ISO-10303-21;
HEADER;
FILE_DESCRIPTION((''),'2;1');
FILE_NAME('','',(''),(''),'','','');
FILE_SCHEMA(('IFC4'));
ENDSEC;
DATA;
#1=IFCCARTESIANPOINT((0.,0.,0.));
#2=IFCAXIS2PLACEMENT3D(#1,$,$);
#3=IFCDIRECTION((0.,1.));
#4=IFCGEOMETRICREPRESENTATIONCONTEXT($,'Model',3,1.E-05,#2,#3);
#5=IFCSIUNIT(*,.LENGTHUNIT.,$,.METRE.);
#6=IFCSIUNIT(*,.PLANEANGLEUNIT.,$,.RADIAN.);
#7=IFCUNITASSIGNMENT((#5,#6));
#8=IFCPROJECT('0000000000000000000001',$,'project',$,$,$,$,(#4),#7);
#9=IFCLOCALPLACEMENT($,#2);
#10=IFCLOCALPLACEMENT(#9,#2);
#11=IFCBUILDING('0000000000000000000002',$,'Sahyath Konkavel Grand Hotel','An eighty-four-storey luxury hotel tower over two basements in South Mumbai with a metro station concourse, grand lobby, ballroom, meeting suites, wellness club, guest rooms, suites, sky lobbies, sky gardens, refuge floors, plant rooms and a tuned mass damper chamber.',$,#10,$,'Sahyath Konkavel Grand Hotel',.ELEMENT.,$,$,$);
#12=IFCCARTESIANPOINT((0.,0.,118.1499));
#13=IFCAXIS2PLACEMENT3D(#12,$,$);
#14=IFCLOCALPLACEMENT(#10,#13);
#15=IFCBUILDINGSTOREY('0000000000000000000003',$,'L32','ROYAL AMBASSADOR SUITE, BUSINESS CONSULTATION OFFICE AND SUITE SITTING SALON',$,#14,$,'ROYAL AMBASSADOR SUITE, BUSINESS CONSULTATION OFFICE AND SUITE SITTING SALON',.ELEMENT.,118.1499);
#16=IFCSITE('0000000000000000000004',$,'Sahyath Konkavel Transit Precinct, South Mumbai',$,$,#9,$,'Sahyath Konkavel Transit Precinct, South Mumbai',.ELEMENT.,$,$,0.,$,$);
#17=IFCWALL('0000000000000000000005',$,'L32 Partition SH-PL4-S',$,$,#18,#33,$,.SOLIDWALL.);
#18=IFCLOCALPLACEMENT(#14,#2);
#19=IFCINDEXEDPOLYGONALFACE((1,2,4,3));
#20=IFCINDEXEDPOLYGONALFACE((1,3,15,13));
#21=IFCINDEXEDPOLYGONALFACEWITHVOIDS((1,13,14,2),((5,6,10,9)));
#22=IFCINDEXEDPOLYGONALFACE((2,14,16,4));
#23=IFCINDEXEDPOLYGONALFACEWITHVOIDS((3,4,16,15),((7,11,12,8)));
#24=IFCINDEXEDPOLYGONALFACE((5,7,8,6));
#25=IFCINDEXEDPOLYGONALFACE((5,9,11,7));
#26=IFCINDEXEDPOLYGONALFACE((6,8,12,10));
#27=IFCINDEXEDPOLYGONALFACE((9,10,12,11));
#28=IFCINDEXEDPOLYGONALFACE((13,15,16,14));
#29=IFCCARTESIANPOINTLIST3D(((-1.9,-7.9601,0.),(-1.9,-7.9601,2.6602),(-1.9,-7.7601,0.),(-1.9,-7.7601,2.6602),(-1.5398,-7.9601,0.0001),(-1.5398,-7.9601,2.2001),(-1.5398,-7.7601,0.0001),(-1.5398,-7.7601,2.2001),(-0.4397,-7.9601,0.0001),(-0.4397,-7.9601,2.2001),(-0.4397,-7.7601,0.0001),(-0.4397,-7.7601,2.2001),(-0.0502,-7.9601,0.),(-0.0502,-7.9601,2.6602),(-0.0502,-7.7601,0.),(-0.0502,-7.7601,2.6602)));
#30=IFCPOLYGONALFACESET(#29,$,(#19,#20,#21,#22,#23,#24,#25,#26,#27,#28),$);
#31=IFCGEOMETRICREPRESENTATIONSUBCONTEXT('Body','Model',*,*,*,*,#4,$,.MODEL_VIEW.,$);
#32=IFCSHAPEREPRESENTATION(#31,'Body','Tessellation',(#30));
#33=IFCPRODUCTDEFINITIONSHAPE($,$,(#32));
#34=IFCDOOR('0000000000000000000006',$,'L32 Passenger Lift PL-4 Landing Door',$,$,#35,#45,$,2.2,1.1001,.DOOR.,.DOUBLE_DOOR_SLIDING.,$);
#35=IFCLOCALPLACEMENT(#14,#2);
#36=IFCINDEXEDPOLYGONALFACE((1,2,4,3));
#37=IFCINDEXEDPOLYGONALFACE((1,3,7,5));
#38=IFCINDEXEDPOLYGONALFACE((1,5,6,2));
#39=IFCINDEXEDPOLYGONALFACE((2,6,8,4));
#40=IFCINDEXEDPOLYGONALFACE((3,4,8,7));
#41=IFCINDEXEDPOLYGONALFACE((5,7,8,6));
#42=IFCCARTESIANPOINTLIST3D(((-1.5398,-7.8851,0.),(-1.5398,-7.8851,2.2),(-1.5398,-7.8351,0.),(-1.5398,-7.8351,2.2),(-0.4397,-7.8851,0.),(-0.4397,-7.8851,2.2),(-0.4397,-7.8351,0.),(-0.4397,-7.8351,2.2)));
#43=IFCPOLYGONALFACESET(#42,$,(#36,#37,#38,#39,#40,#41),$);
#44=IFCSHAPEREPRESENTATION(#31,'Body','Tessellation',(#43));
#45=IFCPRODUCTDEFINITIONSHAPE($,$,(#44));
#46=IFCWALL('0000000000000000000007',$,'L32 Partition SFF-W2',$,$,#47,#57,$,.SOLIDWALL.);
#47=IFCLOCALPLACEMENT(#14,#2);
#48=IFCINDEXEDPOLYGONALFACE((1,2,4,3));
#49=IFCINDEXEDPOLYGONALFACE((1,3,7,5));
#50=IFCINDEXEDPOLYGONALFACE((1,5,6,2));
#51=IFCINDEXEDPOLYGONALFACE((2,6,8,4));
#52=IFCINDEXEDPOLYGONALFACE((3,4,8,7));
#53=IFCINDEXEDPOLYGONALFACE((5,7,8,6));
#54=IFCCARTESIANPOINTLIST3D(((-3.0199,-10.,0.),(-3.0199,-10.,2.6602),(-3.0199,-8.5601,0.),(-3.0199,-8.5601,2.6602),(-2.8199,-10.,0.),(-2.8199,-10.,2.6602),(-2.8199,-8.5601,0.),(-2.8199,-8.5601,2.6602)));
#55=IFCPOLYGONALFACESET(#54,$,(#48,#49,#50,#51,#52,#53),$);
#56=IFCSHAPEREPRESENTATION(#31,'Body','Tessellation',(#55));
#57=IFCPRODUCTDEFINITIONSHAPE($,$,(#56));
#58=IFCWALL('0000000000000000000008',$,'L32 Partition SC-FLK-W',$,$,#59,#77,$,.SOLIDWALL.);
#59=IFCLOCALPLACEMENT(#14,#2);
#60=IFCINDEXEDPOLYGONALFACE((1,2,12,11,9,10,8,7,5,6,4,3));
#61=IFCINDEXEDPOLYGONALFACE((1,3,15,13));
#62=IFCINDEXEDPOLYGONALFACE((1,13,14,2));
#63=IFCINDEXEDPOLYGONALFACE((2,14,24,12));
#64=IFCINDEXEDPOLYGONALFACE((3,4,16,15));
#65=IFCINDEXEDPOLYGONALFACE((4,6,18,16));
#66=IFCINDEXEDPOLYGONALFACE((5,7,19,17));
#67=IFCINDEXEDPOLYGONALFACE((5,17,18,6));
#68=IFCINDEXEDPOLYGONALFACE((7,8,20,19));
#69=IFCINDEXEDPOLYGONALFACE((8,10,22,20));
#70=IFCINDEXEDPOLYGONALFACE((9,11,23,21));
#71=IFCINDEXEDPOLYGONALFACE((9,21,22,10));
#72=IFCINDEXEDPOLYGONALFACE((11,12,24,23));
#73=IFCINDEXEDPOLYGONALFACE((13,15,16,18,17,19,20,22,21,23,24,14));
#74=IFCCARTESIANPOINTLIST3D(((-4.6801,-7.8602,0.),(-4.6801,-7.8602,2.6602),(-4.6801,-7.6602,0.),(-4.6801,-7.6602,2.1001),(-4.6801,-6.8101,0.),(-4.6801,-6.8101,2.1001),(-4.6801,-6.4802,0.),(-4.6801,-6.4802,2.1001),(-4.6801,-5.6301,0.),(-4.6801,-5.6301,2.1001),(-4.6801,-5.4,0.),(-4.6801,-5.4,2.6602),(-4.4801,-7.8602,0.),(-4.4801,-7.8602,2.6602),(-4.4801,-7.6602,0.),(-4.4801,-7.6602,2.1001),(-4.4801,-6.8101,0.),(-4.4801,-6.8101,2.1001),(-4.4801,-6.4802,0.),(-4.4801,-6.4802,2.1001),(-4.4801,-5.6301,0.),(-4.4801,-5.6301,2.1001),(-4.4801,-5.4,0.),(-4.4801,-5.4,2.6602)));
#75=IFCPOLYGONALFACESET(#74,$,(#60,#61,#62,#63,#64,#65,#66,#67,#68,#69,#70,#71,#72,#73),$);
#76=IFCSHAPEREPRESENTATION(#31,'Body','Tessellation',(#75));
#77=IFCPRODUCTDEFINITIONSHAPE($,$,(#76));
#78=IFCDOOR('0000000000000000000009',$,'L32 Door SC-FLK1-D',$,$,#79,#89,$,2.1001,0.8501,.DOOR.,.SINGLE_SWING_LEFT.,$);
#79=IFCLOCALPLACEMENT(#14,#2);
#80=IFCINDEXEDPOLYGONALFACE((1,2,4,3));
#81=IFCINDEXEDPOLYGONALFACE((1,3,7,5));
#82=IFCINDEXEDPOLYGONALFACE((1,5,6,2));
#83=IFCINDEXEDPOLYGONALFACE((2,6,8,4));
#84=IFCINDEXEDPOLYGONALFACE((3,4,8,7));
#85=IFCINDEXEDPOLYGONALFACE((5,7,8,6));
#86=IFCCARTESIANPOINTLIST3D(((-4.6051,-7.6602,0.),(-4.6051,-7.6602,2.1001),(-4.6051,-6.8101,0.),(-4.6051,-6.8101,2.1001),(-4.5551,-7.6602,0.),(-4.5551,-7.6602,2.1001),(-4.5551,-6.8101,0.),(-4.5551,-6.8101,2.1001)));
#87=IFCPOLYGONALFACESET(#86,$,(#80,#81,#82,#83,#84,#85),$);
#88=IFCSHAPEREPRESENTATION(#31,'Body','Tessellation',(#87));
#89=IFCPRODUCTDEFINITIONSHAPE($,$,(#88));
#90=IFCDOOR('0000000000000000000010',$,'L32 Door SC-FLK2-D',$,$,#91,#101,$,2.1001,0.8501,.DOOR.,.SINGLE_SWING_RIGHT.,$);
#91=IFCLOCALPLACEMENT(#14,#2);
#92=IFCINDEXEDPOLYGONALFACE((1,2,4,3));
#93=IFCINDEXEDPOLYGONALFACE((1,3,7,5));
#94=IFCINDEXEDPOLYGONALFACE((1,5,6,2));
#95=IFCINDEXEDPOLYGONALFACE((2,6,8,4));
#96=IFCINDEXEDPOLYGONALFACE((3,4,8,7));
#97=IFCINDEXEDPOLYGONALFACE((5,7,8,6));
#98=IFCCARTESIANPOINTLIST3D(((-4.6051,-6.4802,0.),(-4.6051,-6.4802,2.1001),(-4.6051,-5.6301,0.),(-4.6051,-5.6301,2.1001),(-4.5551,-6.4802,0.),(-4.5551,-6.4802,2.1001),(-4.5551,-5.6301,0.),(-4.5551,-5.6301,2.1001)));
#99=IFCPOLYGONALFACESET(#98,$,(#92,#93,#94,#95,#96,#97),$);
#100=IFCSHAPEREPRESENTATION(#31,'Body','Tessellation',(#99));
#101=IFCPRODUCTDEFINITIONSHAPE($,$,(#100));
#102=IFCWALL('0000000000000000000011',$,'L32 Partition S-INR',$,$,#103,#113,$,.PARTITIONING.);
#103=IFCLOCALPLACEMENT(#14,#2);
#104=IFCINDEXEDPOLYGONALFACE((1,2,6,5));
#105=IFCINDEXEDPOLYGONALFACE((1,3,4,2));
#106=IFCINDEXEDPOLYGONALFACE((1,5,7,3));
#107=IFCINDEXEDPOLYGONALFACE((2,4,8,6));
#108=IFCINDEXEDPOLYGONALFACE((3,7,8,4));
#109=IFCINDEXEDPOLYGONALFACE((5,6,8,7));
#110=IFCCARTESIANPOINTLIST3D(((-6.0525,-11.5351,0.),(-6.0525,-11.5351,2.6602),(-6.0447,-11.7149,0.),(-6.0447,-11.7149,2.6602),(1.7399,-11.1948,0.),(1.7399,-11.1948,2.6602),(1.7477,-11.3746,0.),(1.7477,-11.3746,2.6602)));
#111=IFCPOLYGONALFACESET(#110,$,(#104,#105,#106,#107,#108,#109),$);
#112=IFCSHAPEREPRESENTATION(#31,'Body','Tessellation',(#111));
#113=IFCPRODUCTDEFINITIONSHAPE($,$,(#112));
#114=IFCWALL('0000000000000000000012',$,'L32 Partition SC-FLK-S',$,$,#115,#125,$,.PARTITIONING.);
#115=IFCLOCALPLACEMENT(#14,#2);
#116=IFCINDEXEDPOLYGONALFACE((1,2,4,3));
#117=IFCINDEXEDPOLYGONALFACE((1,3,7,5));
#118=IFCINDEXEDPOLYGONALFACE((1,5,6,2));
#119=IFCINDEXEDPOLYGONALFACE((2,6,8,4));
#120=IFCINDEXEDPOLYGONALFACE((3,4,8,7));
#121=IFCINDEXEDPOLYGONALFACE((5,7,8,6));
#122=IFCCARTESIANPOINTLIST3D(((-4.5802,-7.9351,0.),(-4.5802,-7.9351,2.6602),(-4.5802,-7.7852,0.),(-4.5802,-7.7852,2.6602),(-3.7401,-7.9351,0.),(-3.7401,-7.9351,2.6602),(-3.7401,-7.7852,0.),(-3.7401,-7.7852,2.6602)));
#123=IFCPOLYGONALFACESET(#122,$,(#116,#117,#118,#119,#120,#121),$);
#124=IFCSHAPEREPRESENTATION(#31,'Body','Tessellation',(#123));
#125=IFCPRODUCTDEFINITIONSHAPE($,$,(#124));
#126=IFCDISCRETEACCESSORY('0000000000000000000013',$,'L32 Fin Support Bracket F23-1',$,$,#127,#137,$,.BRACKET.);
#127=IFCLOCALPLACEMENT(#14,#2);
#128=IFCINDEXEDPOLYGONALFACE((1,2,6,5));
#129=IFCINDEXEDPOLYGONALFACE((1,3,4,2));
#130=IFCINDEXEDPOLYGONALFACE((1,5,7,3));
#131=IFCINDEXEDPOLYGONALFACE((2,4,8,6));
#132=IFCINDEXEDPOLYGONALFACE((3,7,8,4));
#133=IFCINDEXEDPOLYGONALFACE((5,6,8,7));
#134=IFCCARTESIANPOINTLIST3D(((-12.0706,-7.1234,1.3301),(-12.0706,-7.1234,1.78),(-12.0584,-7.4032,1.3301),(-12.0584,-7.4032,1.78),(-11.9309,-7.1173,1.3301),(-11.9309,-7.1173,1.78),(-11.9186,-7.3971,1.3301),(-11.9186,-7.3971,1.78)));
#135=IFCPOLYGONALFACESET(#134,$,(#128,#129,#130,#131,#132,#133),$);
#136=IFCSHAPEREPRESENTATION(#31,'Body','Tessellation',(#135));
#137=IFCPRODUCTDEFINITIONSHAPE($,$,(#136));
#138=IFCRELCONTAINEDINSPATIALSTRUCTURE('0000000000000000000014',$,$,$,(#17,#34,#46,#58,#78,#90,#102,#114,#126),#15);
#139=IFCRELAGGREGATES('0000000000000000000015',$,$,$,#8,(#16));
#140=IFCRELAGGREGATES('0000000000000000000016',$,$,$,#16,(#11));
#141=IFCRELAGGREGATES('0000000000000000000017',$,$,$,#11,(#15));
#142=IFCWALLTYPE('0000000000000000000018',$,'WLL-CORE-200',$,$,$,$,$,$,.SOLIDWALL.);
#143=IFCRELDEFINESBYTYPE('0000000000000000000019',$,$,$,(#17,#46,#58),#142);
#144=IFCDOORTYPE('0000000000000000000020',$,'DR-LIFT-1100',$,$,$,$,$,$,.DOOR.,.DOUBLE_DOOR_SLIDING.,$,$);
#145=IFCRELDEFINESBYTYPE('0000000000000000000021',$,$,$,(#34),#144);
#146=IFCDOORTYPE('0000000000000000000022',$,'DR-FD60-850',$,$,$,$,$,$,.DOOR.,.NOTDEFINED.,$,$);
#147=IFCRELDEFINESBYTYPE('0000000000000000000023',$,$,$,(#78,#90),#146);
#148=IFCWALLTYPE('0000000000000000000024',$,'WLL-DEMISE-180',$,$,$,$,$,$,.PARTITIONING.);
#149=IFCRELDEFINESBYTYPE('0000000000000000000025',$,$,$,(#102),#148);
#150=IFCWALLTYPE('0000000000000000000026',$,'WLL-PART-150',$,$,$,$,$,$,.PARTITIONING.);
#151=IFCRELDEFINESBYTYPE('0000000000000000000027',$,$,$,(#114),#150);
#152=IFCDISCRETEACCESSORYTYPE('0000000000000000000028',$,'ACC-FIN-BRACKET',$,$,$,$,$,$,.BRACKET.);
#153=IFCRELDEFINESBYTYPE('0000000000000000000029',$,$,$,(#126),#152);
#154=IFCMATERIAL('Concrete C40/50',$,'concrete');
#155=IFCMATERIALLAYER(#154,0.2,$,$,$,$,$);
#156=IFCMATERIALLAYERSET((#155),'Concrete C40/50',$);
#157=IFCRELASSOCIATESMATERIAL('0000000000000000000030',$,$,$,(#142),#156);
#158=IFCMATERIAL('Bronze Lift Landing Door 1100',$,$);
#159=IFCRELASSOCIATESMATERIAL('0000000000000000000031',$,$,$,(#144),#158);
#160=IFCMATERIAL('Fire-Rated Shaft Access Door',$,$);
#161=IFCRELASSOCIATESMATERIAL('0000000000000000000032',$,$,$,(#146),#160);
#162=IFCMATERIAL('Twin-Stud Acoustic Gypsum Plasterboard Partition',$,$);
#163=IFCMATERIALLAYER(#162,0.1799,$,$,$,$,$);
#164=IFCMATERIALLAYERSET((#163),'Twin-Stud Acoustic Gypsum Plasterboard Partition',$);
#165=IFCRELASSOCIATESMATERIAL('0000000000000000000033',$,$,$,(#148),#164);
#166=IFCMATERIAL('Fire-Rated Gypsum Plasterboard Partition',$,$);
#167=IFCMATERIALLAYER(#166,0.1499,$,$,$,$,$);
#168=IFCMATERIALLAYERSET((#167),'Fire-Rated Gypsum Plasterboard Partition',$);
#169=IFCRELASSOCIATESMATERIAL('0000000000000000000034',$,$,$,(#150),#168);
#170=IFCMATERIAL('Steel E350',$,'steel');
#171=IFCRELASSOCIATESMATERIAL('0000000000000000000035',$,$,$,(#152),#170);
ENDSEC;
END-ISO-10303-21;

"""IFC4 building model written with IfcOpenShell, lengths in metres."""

from ifc_helpers import new_model, si_unit, direction, frame, frame_2d, origin, origin_2d, place, context, subcontext, project, spatial, rectangle, extrude, source, transform, mapped, material, layer, layer_set, type_object, element, fill, save


model = new_model("IFC4")

# Units and contexts
model_context = context("Model", 3, precision=1e-05, world=origin(), true_north=direction((0.0, 1.0)))
body_context = subcontext(model_context, "Body", "Model", "MODEL_VIEW")
ifc_project = project(units=[si_unit("LENGTHUNIT", "METRE"), si_unit("PLANEANGLEUNIT", "RADIAN")], contexts=[model_context])

# Site, building, storey
site_placement = place(None, origin())
site = spatial("IfcSite", under=ifc_project, at=site_placement, Name="Sahyath Konkavel Transit Precinct, South Mumbai", LongName="Sahyath Konkavel Transit Precinct, South Mumbai", CompositionType="ELEMENT", RefElevation=0.0)
building_placement = place(site_placement, origin())
building = spatial("IfcBuilding", under=site, at=building_placement, Name="Sahyath Konkavel Grand Hotel", Description="An eighty-four-storey luxury hotel tower over two basements in South Mumbai with a metro station concourse, grand lobby, ballroom, meeting suites, wellness club, guest rooms, suites, sky lobbies, sky gardens, refuge floors, plant rooms and a tuned mass damper chamber.", LongName="Sahyath Konkavel Grand Hotel", CompositionType="ELEMENT")
storey_placement = place(building_placement, frame((0.0, 0.0, 118.1499)))
storey = spatial("IfcBuildingStorey", under=building, at=storey_placement, Name="L32", Description="ROYAL AMBASSADOR SUITE, BUSINESS CONSULTATION OFFICE AND SUITE SITTING SALON", LongName="ROYAL AMBASSADOR SUITE, BUSINESS CONSULTATION OFFICE AND SUITE SITTING SALON", CompositionType="ELEMENT", Elevation=118.1499)

# Shared definitions
ifc_material_1 = material(Name="Steel E350", Category="steel")

# Shared definitions
ifc_material_2 = material(Name="Concrete C40/50", Category="concrete")
ifc_layer_1 = layer(ifc_material_2, 0.2)
ifc_layer_set_1 = layer_set([ifc_layer_1], Name="Concrete C40/50")
wall_type_1 = type_object("IfcWallType", Name="WLL-CORE-200", PredefinedType="SOLIDWALL", material=ifc_layer_set_1)

# Shared definitions
ifc_material_3 = material(Name="Bronze Lift Landing Door 1100")
door_type_1 = type_object("IfcDoorType", Name="DR-LIFT-1100", OperationType="DOUBLE_DOOR_SLIDING", PredefinedType="DOOR", material=ifc_material_3)
shared_shape_1 = source(origin(), body_context, "Body", "SweptSolid", [
    extrude(rectangle(XDim=1.1001, YDim=0.05, at=origin_2d()), origin(), (0.0, 0.0, 1.0), 2.2),
])

# Wall, opening, door
wall_1_placement = place(storey_placement, frame((-1.8999, -7.8601, 0.0), z_axis=(0.0, 0.0, 1.0), x_axis=(1.0, 0.0, 0.0)))
wall_1 = element("IfcWall", 1, at=wall_1_placement, inside=storey, type_object=wall_type_1, Name="L32 Partition SH-PL4-S", PredefinedType="SOLIDWALL", context=body_context, shape_type="SweptSolid", body=[
    extrude(rectangle(XDim=1.8499, YDim=0.2, at=frame_2d((0.9248, 0.0))), origin(), (0.0, 0.0, 1.0), 2.6602),
])
opening_1_placement = place(wall_1_placement, frame((0.3601, 0.0, 0.0)))
opening_1 = element("IfcOpeningElement", 2, at=opening_1_placement, cuts=wall_1, PredefinedType="OPENING", context=body_context, shape_type="SweptSolid", body=[
    extrude(rectangle(XDim=1.1001, YDim=2.2, at=frame_2d((0.55, 1.1001))), frame((0.0, 0.1099, 0.0), z_axis=(0.0, -1.0, 0.0), x_axis=(1.0, 0.0, 0.0)), (0.0, 0.0, 1.0), 0.22),
])
door_1_placement = place(opening_1_placement, frame((0.55, 0.0, 0.0)))
door_1 = element("IfcDoor", 3, at=door_1_placement, inside=storey, type_object=door_type_1, Name="L32 Passenger Lift PL-4 Landing Door", OperationType="DOUBLE_DOOR_SLIDING", OverallHeight=2.2, OverallWidth=1.1001, PredefinedType="DOOR", context=body_context, shape_type="MappedRepresentation", body=[
    mapped(shared_shape_1, transform((0.0, 0.0, 0.0), scale=1.0)),
])
fill(opening_1, door_1)

# Wall
wall_2_placement = place(storey_placement, frame((-2.9199, -10.0, 0.0), z_axis=(0.0, 0.0, 1.0), x_axis=(0.0, 1.0, 0.0)))
element("IfcWall", 4, at=wall_2_placement, inside=storey, type_object=wall_type_1, Name="L32 Partition SFF-W2", PredefinedType="SOLIDWALL", context=body_context, shape_type="SweptSolid", body=[
    extrude(rectangle(XDim=1.4399, YDim=0.2, at=frame_2d((0.72, 0.0))), origin(), (0.0, 0.0, 1.0), 2.6602),
])

# Wall, openings, doors
wall_3_placement = place(storey_placement, frame((-4.5801, -7.8601, 0.0), z_axis=(0.0, 0.0, 1.0), x_axis=(0.0, 1.0, 0.0)))
wall_3 = element("IfcWall", 5, at=wall_3_placement, inside=storey, type_object=wall_type_1, Name="L32 Partition SC-FLK-W", PredefinedType="SOLIDWALL", context=body_context, shape_type="SweptSolid", body=[
    extrude(rectangle(XDim=2.4602, YDim=0.2, at=frame_2d((1.23, 0.0))), origin(), (0.0, 0.0, 1.0), 2.6602),
])
opening_2_placement = place(wall_3_placement, frame((0.2, 0.0, 0.0)))
opening_2 = element("IfcOpeningElement", 6, at=opening_2_placement, cuts=wall_3, PredefinedType="OPENING", context=body_context, shape_type="SweptSolid", body=[
    extrude(rectangle(XDim=0.8501, YDim=2.1001, at=frame_2d((0.425, 1.05))), frame((0.0, 0.1099, 0.0), z_axis=(0.0, -1.0, 0.0), x_axis=(1.0, 0.0, 0.0)), (0.0, 0.0, 1.0), 0.22),
])
opening_3_placement = place(wall_3_placement, frame((1.3799, 0.0, 0.0)))
opening_3 = element("IfcOpeningElement", 7, at=opening_3_placement, cuts=wall_3, PredefinedType="OPENING", context=body_context, shape_type="SweptSolid", body=[
    extrude(rectangle(XDim=0.8501, YDim=2.1001, at=frame_2d((0.425, 1.05))), frame((0.0, 0.1099, 0.0), z_axis=(0.0, -1.0, 0.0), x_axis=(1.0, 0.0, 0.0)), (0.0, 0.0, 1.0), 0.22),
])
ifc_material_4 = material(Name="Fire-Rated Shaft Access Door")
door_type_2 = type_object("IfcDoorType", Name="DR-FD60-850", OperationType="NOTDEFINED", PredefinedType="DOOR", material=ifc_material_4)
shared_shape_2 = source(origin(), body_context, "Body", "SweptSolid", [
    extrude(rectangle(XDim=0.8501, YDim=0.05, at=origin_2d()), origin(), (0.0, 0.0, 1.0), 2.1001),
])
door_2_placement = place(opening_2_placement, frame((0.425, 0.0, 0.0)))
door_2 = element("IfcDoor", 8, at=door_2_placement, inside=storey, type_object=door_type_2, Name="L32 Door SC-FLK1-D", OperationType="SINGLE_SWING_LEFT", OverallHeight=2.1001, OverallWidth=0.8501, PredefinedType="DOOR", context=body_context, shape_type="MappedRepresentation", body=[
    mapped(shared_shape_2, transform((0.0, 0.0, 0.0), scale=1.0)),
])
fill(opening_2, door_2)
door_3_placement = place(opening_3_placement, frame((0.425, 0.0, 0.0)))
door_3 = element("IfcDoor", 9, at=door_3_placement, inside=storey, type_object=door_type_2, Name="L32 Door SC-FLK2-D", OperationType="SINGLE_SWING_RIGHT", OverallHeight=2.1001, OverallWidth=0.8501, PredefinedType="DOOR", context=body_context, shape_type="MappedRepresentation", body=[
    mapped(shared_shape_2, transform((0.0, 0.0, 0.0), scale=1.0)),
])
fill(opening_3, door_3)

# Walls
ifc_material_5 = material(Name="Twin-Stud Acoustic Gypsum Plasterboard Partition")
ifc_layer_2 = layer(ifc_material_5, 0.1799)
ifc_layer_set_2 = layer_set([ifc_layer_2], Name="Twin-Stud Acoustic Gypsum Plasterboard Partition")
wall_type_2 = type_object("IfcWallType", Name="WLL-DEMISE-180", PredefinedType="PARTITIONING", material=ifc_layer_set_2)
wall_4_placement = place(storey_placement, frame((-6.0486, -11.625, 0.0), z_axis=(0.0, 0.0, 1.0), x_axis=(0.999048, 0.043633, 0.0)))
element("IfcWall", 10, at=wall_4_placement, inside=storey, type_object=wall_type_2, Name="L32 Partition S-INR", PredefinedType="PARTITIONING", context=body_context, shape_type="SweptSolid", body=[
    extrude(rectangle(XDim=7.7998, YDim=0.1799, at=frame_2d((3.8999, 0.0))), origin(), (0.0, 0.0, 1.0), 2.6602),
])
ifc_material_6 = material(Name="Fire-Rated Gypsum Plasterboard Partition")
ifc_layer_3 = layer(ifc_material_6, 0.1499)
ifc_layer_set_3 = layer_set([ifc_layer_3], Name="Fire-Rated Gypsum Plasterboard Partition")
wall_type_3 = type_object("IfcWallType", Name="WLL-PART-150", PredefinedType="PARTITIONING", material=ifc_layer_set_3)
wall_5_placement = place(storey_placement, frame((-4.5801, -7.8601, 0.0), z_axis=(0.0, 0.0, 1.0), x_axis=(1.0, 0.0, 0.0)))
element("IfcWall", 11, at=wall_5_placement, inside=storey, type_object=wall_type_3, Name="L32 Partition SC-FLK-S", PredefinedType="PARTITIONING", context=body_context, shape_type="SweptSolid", body=[
    extrude(rectangle(XDim=0.8401, YDim=0.1499, at=frame_2d((0.4199, 0.0))), origin(), (0.0, 0.0, 1.0), 2.6602),
])

# Discrete accessory
discrete_accessory_type = type_object("IfcDiscreteAccessoryType", Name="ACC-FIN-BRACKET", PredefinedType="BRACKET", material=ifc_material_1)
shared_shape_3 = source(origin(), body_context, "Body", "SweptSolid", [
    extrude(rectangle(XDim=0.28, YDim=0.1399, at=origin_2d()), origin(), (0.0, 0.0, 1.0), 0.45),
])
discrete_accessory_placement = place(storey_placement, frame((-11.9946, -7.2603, 1.3301), z_axis=(0.0, 0.0, 1.0), x_axis=(0.043619, -0.999048, 0.0)))
element("IfcDiscreteAccessory", 12, at=discrete_accessory_placement, inside=storey, type_object=discrete_accessory_type, Name="L32 Fin Support Bracket F23-1", PredefinedType="BRACKET", context=body_context, shape_type="MappedRepresentation", body=[
    mapped(shared_shape_3, transform((0.0, 0.0, 0.0), scale=1.0)),
])

save(model, "model.ifc")
